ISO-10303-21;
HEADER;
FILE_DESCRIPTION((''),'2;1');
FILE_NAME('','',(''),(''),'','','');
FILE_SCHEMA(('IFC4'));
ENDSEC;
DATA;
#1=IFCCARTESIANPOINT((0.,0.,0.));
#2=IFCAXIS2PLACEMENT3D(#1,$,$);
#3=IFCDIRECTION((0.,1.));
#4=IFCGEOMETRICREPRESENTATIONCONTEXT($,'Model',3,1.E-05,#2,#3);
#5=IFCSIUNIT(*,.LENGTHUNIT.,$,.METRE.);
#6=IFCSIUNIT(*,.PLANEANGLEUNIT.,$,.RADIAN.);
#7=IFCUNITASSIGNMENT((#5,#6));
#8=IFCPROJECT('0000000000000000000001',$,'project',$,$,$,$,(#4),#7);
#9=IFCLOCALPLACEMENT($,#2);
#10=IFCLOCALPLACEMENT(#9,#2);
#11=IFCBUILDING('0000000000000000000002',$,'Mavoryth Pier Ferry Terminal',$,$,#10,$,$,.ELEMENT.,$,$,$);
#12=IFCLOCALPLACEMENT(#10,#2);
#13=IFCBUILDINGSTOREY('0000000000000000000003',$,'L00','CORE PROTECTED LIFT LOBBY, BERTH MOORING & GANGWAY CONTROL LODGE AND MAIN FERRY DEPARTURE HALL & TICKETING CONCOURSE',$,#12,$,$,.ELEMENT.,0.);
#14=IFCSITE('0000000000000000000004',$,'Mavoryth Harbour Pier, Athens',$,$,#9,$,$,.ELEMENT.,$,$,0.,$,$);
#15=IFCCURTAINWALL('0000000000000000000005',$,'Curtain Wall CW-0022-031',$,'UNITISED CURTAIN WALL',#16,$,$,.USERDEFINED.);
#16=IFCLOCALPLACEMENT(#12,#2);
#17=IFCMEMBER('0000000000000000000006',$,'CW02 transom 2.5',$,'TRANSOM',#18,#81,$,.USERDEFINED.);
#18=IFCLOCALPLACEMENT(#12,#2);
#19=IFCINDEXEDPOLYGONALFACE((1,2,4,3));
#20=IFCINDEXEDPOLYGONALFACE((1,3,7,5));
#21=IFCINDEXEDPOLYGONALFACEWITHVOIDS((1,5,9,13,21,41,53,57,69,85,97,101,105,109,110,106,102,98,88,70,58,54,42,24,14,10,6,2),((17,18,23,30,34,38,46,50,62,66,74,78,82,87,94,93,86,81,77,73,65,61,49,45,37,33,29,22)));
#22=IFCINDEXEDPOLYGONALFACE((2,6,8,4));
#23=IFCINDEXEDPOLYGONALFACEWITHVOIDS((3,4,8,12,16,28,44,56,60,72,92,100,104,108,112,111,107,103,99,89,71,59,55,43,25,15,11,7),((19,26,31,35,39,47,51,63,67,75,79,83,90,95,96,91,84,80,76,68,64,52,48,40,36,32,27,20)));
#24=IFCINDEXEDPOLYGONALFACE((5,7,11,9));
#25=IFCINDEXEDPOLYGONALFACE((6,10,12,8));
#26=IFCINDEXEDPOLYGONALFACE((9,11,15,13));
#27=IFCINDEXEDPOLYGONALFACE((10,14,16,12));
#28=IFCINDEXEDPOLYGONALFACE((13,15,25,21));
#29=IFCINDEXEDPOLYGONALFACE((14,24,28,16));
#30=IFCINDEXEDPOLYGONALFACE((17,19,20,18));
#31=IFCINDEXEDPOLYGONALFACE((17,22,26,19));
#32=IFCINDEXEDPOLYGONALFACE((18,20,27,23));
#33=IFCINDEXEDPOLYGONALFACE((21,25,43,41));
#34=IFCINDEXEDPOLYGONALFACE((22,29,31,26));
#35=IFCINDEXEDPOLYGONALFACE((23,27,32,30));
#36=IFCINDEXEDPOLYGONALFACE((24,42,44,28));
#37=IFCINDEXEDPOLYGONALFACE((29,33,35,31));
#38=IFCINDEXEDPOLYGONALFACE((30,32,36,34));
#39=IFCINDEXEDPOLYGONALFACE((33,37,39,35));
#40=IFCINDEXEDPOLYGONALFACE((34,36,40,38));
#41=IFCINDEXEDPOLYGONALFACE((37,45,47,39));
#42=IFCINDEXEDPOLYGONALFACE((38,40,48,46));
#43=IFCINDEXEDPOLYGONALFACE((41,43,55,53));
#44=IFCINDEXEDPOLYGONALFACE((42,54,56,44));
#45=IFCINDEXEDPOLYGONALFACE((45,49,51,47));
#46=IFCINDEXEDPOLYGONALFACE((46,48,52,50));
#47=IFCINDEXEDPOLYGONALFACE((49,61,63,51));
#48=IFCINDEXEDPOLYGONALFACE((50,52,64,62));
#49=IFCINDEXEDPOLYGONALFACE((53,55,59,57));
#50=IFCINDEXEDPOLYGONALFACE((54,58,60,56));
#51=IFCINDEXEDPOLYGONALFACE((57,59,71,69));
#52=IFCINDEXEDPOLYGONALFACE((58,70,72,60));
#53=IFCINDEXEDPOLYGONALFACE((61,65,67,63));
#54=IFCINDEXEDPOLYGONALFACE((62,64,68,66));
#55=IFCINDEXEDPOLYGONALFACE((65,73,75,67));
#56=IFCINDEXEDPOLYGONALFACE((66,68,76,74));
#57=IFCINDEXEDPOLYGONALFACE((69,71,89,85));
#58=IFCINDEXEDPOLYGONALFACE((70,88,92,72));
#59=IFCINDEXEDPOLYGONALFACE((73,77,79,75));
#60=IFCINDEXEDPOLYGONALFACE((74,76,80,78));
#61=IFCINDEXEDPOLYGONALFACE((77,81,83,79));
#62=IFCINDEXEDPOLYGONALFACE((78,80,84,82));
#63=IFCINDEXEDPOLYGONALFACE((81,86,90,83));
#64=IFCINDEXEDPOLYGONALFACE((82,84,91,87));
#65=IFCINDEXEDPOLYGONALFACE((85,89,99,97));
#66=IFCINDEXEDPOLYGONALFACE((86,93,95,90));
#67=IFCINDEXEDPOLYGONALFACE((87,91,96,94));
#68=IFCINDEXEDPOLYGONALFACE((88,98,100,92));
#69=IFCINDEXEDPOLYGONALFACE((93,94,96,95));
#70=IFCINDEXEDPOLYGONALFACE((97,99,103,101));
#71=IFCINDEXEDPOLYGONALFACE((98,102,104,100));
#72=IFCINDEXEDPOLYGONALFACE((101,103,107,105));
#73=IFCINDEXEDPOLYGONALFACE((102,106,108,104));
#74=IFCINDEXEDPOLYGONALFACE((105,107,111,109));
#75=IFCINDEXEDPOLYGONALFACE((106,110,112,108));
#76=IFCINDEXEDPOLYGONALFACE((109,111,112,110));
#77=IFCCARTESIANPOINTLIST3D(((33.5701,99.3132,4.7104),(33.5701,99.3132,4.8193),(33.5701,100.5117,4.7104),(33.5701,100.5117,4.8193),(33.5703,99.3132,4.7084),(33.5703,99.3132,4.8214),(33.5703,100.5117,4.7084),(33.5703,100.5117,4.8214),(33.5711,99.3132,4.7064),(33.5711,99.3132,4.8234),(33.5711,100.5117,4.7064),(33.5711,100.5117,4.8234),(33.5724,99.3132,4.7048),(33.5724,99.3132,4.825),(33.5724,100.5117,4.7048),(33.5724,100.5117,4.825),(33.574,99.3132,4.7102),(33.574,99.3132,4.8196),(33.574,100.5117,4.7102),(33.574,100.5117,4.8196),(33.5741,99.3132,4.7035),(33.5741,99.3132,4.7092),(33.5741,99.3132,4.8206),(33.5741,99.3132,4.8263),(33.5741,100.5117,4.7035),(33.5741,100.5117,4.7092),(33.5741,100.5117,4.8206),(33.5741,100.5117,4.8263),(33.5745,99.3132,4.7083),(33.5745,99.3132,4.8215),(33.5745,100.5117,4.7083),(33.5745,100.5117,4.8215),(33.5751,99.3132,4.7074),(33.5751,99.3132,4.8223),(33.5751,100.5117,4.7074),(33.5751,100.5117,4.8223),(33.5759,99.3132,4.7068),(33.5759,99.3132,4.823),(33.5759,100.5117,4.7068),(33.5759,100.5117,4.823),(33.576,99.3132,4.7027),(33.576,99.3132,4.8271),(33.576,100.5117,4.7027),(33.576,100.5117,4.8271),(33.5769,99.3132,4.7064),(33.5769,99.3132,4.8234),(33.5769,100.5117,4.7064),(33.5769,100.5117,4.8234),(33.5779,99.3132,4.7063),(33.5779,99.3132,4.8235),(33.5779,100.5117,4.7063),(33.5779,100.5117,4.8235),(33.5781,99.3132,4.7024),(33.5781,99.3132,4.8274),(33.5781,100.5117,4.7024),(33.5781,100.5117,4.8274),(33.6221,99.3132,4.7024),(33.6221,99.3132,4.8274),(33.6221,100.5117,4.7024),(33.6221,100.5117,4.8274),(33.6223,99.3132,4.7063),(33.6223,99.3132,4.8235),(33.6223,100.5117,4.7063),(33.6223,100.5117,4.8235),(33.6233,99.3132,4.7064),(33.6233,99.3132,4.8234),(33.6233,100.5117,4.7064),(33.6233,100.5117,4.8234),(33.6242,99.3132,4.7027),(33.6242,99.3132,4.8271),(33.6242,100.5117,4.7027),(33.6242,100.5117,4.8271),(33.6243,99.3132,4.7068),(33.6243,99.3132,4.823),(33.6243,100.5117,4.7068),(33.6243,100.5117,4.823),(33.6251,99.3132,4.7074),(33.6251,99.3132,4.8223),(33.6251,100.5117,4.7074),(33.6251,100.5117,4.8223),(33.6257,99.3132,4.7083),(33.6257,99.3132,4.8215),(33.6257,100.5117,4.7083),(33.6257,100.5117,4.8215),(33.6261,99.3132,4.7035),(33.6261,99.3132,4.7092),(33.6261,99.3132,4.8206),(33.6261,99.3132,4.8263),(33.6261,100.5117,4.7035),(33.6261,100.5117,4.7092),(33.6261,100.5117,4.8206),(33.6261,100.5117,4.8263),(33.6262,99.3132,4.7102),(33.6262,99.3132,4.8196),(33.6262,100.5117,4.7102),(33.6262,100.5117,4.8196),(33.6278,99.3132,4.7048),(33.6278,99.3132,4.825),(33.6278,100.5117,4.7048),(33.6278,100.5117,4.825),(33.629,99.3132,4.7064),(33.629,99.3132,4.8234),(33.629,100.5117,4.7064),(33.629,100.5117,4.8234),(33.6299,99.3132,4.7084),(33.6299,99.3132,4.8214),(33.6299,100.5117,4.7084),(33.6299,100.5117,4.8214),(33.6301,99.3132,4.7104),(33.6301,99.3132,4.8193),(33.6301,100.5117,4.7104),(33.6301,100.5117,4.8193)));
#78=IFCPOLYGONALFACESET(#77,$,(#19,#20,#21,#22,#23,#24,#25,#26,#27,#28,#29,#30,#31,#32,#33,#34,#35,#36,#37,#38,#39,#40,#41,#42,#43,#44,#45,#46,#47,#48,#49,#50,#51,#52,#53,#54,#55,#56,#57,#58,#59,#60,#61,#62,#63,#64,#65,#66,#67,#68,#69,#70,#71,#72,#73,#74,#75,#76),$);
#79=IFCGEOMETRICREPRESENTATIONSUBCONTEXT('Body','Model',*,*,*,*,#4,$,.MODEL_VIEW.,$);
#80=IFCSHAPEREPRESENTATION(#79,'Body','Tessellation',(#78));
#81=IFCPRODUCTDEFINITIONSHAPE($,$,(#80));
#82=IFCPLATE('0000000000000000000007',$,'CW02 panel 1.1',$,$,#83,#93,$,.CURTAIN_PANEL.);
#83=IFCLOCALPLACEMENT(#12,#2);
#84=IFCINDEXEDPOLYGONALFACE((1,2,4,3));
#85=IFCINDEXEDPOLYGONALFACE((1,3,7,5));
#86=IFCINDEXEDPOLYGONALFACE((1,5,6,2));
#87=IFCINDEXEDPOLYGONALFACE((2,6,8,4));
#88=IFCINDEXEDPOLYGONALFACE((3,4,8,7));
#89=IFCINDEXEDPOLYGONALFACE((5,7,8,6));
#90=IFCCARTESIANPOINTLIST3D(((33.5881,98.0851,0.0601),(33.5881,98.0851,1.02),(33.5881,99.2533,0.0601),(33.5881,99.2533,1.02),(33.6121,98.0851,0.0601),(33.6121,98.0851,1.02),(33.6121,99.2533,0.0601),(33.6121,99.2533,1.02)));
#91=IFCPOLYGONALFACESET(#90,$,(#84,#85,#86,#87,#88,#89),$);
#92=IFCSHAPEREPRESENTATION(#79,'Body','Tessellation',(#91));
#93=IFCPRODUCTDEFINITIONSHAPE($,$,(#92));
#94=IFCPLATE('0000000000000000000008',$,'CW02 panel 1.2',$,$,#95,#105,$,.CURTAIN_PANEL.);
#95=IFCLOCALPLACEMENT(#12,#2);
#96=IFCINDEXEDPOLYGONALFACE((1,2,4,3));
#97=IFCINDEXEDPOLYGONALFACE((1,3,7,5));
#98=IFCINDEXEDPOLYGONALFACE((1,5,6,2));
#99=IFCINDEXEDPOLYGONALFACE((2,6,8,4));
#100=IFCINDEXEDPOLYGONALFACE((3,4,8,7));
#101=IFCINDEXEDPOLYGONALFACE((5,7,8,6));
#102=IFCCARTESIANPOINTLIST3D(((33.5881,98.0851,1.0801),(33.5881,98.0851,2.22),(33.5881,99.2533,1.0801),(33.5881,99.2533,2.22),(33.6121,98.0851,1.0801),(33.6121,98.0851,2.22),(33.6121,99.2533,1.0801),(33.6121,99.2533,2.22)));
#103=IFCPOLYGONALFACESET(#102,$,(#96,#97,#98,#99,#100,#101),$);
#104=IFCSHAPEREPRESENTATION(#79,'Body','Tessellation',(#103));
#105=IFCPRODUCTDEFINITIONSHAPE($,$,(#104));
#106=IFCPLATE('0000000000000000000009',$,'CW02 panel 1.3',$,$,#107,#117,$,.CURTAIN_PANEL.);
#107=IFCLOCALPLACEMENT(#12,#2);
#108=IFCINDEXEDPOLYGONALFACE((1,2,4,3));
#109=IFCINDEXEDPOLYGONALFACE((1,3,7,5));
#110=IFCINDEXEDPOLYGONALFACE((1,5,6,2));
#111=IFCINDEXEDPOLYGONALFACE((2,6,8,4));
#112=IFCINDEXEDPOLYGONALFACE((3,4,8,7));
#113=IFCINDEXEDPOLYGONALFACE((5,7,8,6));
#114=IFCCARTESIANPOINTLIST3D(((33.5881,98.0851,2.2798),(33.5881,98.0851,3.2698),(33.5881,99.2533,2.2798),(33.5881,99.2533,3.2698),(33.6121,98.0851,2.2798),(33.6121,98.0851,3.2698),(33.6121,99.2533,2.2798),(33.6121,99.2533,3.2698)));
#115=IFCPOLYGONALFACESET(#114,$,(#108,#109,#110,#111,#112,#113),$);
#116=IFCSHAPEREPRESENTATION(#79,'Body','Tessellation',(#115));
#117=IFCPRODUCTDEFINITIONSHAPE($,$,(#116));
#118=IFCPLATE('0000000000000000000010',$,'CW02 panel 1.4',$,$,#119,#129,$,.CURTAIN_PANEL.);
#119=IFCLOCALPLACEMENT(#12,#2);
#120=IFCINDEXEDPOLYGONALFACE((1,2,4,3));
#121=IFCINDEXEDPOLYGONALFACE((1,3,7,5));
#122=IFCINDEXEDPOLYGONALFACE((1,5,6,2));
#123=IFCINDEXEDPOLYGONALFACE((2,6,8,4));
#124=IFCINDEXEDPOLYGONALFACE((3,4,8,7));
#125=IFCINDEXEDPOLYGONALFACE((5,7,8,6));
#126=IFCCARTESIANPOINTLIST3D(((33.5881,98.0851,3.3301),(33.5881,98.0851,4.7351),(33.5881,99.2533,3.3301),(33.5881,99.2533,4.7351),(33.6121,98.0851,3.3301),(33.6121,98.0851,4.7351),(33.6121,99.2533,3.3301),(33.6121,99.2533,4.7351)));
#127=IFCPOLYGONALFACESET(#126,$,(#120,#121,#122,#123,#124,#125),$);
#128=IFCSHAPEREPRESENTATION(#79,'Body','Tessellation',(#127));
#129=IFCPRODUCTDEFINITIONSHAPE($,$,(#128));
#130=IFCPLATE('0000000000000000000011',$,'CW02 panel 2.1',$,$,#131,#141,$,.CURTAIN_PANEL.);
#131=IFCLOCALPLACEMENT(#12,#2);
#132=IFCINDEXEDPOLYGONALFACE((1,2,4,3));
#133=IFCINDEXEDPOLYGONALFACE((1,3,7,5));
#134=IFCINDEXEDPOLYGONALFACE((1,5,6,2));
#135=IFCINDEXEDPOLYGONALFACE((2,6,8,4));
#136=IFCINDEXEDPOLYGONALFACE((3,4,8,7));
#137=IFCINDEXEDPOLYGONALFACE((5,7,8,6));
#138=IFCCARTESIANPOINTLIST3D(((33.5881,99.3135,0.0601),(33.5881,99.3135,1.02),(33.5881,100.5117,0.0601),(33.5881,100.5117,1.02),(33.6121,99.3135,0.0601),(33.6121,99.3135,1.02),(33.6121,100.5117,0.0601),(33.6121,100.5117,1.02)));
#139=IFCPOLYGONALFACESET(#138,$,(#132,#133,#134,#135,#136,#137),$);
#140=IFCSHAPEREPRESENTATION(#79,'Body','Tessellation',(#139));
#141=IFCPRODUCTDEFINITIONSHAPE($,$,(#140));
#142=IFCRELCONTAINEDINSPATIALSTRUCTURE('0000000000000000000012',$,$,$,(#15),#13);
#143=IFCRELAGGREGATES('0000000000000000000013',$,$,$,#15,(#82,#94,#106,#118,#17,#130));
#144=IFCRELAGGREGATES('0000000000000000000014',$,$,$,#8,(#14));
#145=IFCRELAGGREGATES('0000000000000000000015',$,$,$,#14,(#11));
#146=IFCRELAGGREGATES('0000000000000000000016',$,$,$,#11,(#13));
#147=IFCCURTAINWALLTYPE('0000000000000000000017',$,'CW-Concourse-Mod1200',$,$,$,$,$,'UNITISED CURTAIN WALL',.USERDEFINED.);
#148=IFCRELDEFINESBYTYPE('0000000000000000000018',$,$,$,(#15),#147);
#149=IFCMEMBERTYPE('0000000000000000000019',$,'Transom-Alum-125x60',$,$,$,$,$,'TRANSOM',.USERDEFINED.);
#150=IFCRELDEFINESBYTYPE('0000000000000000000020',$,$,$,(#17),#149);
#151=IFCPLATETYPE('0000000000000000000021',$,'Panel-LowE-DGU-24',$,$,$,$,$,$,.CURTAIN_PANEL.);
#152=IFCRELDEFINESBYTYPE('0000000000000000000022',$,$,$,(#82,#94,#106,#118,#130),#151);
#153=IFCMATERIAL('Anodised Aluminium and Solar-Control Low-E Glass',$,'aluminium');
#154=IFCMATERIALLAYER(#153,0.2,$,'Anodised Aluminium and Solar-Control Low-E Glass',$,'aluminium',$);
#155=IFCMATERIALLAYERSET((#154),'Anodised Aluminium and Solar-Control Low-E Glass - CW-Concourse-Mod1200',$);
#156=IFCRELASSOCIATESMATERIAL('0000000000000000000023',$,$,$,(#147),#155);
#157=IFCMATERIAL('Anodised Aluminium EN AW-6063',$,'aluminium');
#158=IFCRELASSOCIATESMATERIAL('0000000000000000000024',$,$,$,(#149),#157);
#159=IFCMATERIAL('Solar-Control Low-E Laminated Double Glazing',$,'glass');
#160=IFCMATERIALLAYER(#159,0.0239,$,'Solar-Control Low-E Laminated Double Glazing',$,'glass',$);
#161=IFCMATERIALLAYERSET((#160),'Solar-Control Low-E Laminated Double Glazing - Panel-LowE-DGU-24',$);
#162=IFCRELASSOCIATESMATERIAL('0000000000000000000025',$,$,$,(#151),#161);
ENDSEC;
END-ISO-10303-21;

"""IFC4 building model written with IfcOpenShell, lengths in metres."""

from ifc_helpers import new_model, si_unit, direction, frame, origin, origin_2d, place, context, subcontext, project, spatial, rectangle, hollow_rectangle, extrude, material, layer, layer_set, material_profile, profile_set, type_object, element, aggregate, save


model = new_model("IFC4")

# Units and contexts
model_context = context("Model", 3, precision=1e-05, world=origin(), true_north=direction((0.0, 1.0)))
body_context = subcontext(model_context, "Body", "Model", "MODEL_VIEW")
ifc_project = project(units=[si_unit("LENGTHUNIT", "METRE"), si_unit("PLANEANGLEUNIT", "RADIAN")], contexts=[model_context])

# Site, building, storey
site_placement = place(None, origin())
site = spatial("IfcSite", under=ifc_project, at=site_placement, Name="Mavoryth Harbour Pier, Athens", CompositionType="ELEMENT", RefElevation=0.0)
building_placement = place(site_placement, origin())
building = spatial("IfcBuilding", under=site, at=building_placement, Name="Mavoryth Pier Ferry Terminal", CompositionType="ELEMENT")
storey_placement = place(building_placement, origin())
storey = spatial("IfcBuildingStorey", under=building, at=storey_placement, Name="L00", Description="CORE PROTECTED LIFT LOBBY, BERTH MOORING & GANGWAY CONTROL LODGE AND MAIN FERRY DEPARTURE HALL & TICKETING CONCOURSE", CompositionType="ELEMENT", Elevation=0.0)

# Curtain wall, member, plates
ifc_material_1 = material(Name="Anodised Aluminium and Solar-Control Low-E Glass", Category="aluminium")
ifc_layer_1 = layer(ifc_material_1, 0.2, Name="Anodised Aluminium and Solar-Control Low-E Glass", Category="aluminium")
ifc_layer_set_1 = layer_set([ifc_layer_1], Name="Anodised Aluminium and Solar-Control Low-E Glass - CW-Concourse-Mod1200")
curtain_wall_type = type_object("IfcCurtainWallType", Name="CW-Concourse-Mod1200", ElementType="UNITISED CURTAIN WALL", PredefinedType="USERDEFINED", material=ifc_layer_set_1)
curtain_wall_placement = place(storey_placement, origin())
curtain_wall = element("IfcCurtainWall", 1, at=curtain_wall_placement, inside=storey, type_object=curtain_wall_type, Name="Curtain Wall CW-0022-031", ObjectType="UNITISED CURTAIN WALL", PredefinedType="USERDEFINED")
ifc_material_2 = material(Name="Anodised Aluminium EN AW-6063", Category="aluminium")
ifc_material_profile_1 = material_profile(ifc_material_2, hollow_rectangle(XDim=0.0601, YDim=0.125, WallThickness=0.0039, InnerFilletRadius=0.0039, OuterFilletRadius=0.0081, at=origin_2d()), Name="AL-TRAN 125x60x4", Category="aluminium")
ifc_profile_set_1 = profile_set([ifc_material_profile_1], Name="Anodised Aluminium EN AW-6063 - AL-TRAN 125x60x4")
member_type_1 = type_object("IfcMemberType", Name="Transom-Alum-125x60", ElementType="TRANSOM", PredefinedType="USERDEFINED", material=ifc_profile_set_1)
member_1_placement = place(storey_placement, frame((33.6001, 99.3132, 4.7649), z_axis=(0.0, 1.0, 0.0), x_axis=(-1.0, 0.0, 0.0)))
member_1 = element("IfcMember", 2, at=member_1_placement, type_object=member_type_1, Name="CW02 transom 2.5", ObjectType="TRANSOM", PredefinedType="USERDEFINED", context=body_context, shape_type="SweptSolid", body=[
    extrude(hollow_rectangle(XDim=0.0601, YDim=0.125, WallThickness=0.0039, InnerFilletRadius=0.0039, OuterFilletRadius=0.0081, at=origin_2d()), origin(), (0.0, 0.0, 1.0), 1.1985),
])
ifc_material_3 = material(Name="Solar-Control Low-E Laminated Double Glazing", Category="glass")
ifc_layer_2 = layer(ifc_material_3, 0.0239, Name="Solar-Control Low-E Laminated Double Glazing", Category="glass")
ifc_layer_set_2 = layer_set([ifc_layer_2], Name="Solar-Control Low-E Laminated Double Glazing - Panel-LowE-DGU-24")
plate_type = type_object("IfcPlateType", Name="Panel-LowE-DGU-24", PredefinedType="CURTAIN_PANEL", material=ifc_layer_set_2)
plate_1_placement = place(storey_placement, frame((33.6001, 98.6692, 0.0601), z_axis=(0.0, 0.0, 1.0), x_axis=(0.0, 1.0, 0.0)))
plate_1 = element("IfcPlate", 3, at=plate_1_placement, type_object=plate_type, Name="CW02 panel 1.1", PredefinedType="CURTAIN_PANEL", context=body_context, shape_type="SweptSolid", body=[
    extrude(rectangle(XDim=1.1682, YDim=0.0239, at=origin_2d()), origin(), (0.0, 0.0, 1.0), 0.96),
])
plate_2_placement = place(storey_placement, frame((33.6001, 98.6692, 1.0801), z_axis=(0.0, 0.0, 1.0), x_axis=(0.0, 1.0, 0.0)))
plate_2 = element("IfcPlate", 4, at=plate_2_placement, type_object=plate_type, Name="CW02 panel 1.2", PredefinedType="CURTAIN_PANEL", context=body_context, shape_type="SweptSolid", body=[
    extrude(rectangle(XDim=1.1682, YDim=0.0239, at=origin_2d()), origin(), (0.0, 0.0, 1.0), 1.1399),
])
plate_3_placement = place(storey_placement, frame((33.6001, 98.6692, 2.2798), z_axis=(0.0, 0.0, 1.0), x_axis=(0.0, 1.0, 0.0)))
plate_3 = element("IfcPlate", 5, at=plate_3_placement, type_object=plate_type, Name="CW02 panel 1.3", PredefinedType="CURTAIN_PANEL", context=body_context, shape_type="SweptSolid", body=[
    extrude(rectangle(XDim=1.1682, YDim=0.0239, at=origin_2d()), origin(), (0.0, 0.0, 1.0), 0.99),
])
plate_4_placement = place(storey_placement, frame((33.6001, 98.6692, 3.3301), z_axis=(0.0, 0.0, 1.0), x_axis=(0.0, 1.0, 0.0)))
plate_4 = element("IfcPlate", 6, at=plate_4_placement, type_object=plate_type, Name="CW02 panel 1.4", PredefinedType="CURTAIN_PANEL", context=body_context, shape_type="SweptSolid", body=[
    extrude(rectangle(XDim=1.1682, YDim=0.0239, at=origin_2d()), origin(), (0.0, 0.0, 1.0), 1.405),
])
plate_5_placement = place(storey_placement, frame((33.6001, 99.9126, 0.0601), z_axis=(0.0, 0.0, 1.0), x_axis=(0.0, 1.0, 0.0)))
plate_5 = element("IfcPlate", 7, at=plate_5_placement, type_object=plate_type, Name="CW02 panel 2.1", PredefinedType="CURTAIN_PANEL", context=body_context, shape_type="SweptSolid", body=[
    extrude(rectangle(XDim=1.1982, YDim=0.0239, at=origin_2d()), origin(), (0.0, 0.0, 1.0), 0.96),
])
aggregate(curtain_wall, [plate_1, plate_2, plate_3, plate_4, member_1, plate_5])

save(model, "model.ifc")
